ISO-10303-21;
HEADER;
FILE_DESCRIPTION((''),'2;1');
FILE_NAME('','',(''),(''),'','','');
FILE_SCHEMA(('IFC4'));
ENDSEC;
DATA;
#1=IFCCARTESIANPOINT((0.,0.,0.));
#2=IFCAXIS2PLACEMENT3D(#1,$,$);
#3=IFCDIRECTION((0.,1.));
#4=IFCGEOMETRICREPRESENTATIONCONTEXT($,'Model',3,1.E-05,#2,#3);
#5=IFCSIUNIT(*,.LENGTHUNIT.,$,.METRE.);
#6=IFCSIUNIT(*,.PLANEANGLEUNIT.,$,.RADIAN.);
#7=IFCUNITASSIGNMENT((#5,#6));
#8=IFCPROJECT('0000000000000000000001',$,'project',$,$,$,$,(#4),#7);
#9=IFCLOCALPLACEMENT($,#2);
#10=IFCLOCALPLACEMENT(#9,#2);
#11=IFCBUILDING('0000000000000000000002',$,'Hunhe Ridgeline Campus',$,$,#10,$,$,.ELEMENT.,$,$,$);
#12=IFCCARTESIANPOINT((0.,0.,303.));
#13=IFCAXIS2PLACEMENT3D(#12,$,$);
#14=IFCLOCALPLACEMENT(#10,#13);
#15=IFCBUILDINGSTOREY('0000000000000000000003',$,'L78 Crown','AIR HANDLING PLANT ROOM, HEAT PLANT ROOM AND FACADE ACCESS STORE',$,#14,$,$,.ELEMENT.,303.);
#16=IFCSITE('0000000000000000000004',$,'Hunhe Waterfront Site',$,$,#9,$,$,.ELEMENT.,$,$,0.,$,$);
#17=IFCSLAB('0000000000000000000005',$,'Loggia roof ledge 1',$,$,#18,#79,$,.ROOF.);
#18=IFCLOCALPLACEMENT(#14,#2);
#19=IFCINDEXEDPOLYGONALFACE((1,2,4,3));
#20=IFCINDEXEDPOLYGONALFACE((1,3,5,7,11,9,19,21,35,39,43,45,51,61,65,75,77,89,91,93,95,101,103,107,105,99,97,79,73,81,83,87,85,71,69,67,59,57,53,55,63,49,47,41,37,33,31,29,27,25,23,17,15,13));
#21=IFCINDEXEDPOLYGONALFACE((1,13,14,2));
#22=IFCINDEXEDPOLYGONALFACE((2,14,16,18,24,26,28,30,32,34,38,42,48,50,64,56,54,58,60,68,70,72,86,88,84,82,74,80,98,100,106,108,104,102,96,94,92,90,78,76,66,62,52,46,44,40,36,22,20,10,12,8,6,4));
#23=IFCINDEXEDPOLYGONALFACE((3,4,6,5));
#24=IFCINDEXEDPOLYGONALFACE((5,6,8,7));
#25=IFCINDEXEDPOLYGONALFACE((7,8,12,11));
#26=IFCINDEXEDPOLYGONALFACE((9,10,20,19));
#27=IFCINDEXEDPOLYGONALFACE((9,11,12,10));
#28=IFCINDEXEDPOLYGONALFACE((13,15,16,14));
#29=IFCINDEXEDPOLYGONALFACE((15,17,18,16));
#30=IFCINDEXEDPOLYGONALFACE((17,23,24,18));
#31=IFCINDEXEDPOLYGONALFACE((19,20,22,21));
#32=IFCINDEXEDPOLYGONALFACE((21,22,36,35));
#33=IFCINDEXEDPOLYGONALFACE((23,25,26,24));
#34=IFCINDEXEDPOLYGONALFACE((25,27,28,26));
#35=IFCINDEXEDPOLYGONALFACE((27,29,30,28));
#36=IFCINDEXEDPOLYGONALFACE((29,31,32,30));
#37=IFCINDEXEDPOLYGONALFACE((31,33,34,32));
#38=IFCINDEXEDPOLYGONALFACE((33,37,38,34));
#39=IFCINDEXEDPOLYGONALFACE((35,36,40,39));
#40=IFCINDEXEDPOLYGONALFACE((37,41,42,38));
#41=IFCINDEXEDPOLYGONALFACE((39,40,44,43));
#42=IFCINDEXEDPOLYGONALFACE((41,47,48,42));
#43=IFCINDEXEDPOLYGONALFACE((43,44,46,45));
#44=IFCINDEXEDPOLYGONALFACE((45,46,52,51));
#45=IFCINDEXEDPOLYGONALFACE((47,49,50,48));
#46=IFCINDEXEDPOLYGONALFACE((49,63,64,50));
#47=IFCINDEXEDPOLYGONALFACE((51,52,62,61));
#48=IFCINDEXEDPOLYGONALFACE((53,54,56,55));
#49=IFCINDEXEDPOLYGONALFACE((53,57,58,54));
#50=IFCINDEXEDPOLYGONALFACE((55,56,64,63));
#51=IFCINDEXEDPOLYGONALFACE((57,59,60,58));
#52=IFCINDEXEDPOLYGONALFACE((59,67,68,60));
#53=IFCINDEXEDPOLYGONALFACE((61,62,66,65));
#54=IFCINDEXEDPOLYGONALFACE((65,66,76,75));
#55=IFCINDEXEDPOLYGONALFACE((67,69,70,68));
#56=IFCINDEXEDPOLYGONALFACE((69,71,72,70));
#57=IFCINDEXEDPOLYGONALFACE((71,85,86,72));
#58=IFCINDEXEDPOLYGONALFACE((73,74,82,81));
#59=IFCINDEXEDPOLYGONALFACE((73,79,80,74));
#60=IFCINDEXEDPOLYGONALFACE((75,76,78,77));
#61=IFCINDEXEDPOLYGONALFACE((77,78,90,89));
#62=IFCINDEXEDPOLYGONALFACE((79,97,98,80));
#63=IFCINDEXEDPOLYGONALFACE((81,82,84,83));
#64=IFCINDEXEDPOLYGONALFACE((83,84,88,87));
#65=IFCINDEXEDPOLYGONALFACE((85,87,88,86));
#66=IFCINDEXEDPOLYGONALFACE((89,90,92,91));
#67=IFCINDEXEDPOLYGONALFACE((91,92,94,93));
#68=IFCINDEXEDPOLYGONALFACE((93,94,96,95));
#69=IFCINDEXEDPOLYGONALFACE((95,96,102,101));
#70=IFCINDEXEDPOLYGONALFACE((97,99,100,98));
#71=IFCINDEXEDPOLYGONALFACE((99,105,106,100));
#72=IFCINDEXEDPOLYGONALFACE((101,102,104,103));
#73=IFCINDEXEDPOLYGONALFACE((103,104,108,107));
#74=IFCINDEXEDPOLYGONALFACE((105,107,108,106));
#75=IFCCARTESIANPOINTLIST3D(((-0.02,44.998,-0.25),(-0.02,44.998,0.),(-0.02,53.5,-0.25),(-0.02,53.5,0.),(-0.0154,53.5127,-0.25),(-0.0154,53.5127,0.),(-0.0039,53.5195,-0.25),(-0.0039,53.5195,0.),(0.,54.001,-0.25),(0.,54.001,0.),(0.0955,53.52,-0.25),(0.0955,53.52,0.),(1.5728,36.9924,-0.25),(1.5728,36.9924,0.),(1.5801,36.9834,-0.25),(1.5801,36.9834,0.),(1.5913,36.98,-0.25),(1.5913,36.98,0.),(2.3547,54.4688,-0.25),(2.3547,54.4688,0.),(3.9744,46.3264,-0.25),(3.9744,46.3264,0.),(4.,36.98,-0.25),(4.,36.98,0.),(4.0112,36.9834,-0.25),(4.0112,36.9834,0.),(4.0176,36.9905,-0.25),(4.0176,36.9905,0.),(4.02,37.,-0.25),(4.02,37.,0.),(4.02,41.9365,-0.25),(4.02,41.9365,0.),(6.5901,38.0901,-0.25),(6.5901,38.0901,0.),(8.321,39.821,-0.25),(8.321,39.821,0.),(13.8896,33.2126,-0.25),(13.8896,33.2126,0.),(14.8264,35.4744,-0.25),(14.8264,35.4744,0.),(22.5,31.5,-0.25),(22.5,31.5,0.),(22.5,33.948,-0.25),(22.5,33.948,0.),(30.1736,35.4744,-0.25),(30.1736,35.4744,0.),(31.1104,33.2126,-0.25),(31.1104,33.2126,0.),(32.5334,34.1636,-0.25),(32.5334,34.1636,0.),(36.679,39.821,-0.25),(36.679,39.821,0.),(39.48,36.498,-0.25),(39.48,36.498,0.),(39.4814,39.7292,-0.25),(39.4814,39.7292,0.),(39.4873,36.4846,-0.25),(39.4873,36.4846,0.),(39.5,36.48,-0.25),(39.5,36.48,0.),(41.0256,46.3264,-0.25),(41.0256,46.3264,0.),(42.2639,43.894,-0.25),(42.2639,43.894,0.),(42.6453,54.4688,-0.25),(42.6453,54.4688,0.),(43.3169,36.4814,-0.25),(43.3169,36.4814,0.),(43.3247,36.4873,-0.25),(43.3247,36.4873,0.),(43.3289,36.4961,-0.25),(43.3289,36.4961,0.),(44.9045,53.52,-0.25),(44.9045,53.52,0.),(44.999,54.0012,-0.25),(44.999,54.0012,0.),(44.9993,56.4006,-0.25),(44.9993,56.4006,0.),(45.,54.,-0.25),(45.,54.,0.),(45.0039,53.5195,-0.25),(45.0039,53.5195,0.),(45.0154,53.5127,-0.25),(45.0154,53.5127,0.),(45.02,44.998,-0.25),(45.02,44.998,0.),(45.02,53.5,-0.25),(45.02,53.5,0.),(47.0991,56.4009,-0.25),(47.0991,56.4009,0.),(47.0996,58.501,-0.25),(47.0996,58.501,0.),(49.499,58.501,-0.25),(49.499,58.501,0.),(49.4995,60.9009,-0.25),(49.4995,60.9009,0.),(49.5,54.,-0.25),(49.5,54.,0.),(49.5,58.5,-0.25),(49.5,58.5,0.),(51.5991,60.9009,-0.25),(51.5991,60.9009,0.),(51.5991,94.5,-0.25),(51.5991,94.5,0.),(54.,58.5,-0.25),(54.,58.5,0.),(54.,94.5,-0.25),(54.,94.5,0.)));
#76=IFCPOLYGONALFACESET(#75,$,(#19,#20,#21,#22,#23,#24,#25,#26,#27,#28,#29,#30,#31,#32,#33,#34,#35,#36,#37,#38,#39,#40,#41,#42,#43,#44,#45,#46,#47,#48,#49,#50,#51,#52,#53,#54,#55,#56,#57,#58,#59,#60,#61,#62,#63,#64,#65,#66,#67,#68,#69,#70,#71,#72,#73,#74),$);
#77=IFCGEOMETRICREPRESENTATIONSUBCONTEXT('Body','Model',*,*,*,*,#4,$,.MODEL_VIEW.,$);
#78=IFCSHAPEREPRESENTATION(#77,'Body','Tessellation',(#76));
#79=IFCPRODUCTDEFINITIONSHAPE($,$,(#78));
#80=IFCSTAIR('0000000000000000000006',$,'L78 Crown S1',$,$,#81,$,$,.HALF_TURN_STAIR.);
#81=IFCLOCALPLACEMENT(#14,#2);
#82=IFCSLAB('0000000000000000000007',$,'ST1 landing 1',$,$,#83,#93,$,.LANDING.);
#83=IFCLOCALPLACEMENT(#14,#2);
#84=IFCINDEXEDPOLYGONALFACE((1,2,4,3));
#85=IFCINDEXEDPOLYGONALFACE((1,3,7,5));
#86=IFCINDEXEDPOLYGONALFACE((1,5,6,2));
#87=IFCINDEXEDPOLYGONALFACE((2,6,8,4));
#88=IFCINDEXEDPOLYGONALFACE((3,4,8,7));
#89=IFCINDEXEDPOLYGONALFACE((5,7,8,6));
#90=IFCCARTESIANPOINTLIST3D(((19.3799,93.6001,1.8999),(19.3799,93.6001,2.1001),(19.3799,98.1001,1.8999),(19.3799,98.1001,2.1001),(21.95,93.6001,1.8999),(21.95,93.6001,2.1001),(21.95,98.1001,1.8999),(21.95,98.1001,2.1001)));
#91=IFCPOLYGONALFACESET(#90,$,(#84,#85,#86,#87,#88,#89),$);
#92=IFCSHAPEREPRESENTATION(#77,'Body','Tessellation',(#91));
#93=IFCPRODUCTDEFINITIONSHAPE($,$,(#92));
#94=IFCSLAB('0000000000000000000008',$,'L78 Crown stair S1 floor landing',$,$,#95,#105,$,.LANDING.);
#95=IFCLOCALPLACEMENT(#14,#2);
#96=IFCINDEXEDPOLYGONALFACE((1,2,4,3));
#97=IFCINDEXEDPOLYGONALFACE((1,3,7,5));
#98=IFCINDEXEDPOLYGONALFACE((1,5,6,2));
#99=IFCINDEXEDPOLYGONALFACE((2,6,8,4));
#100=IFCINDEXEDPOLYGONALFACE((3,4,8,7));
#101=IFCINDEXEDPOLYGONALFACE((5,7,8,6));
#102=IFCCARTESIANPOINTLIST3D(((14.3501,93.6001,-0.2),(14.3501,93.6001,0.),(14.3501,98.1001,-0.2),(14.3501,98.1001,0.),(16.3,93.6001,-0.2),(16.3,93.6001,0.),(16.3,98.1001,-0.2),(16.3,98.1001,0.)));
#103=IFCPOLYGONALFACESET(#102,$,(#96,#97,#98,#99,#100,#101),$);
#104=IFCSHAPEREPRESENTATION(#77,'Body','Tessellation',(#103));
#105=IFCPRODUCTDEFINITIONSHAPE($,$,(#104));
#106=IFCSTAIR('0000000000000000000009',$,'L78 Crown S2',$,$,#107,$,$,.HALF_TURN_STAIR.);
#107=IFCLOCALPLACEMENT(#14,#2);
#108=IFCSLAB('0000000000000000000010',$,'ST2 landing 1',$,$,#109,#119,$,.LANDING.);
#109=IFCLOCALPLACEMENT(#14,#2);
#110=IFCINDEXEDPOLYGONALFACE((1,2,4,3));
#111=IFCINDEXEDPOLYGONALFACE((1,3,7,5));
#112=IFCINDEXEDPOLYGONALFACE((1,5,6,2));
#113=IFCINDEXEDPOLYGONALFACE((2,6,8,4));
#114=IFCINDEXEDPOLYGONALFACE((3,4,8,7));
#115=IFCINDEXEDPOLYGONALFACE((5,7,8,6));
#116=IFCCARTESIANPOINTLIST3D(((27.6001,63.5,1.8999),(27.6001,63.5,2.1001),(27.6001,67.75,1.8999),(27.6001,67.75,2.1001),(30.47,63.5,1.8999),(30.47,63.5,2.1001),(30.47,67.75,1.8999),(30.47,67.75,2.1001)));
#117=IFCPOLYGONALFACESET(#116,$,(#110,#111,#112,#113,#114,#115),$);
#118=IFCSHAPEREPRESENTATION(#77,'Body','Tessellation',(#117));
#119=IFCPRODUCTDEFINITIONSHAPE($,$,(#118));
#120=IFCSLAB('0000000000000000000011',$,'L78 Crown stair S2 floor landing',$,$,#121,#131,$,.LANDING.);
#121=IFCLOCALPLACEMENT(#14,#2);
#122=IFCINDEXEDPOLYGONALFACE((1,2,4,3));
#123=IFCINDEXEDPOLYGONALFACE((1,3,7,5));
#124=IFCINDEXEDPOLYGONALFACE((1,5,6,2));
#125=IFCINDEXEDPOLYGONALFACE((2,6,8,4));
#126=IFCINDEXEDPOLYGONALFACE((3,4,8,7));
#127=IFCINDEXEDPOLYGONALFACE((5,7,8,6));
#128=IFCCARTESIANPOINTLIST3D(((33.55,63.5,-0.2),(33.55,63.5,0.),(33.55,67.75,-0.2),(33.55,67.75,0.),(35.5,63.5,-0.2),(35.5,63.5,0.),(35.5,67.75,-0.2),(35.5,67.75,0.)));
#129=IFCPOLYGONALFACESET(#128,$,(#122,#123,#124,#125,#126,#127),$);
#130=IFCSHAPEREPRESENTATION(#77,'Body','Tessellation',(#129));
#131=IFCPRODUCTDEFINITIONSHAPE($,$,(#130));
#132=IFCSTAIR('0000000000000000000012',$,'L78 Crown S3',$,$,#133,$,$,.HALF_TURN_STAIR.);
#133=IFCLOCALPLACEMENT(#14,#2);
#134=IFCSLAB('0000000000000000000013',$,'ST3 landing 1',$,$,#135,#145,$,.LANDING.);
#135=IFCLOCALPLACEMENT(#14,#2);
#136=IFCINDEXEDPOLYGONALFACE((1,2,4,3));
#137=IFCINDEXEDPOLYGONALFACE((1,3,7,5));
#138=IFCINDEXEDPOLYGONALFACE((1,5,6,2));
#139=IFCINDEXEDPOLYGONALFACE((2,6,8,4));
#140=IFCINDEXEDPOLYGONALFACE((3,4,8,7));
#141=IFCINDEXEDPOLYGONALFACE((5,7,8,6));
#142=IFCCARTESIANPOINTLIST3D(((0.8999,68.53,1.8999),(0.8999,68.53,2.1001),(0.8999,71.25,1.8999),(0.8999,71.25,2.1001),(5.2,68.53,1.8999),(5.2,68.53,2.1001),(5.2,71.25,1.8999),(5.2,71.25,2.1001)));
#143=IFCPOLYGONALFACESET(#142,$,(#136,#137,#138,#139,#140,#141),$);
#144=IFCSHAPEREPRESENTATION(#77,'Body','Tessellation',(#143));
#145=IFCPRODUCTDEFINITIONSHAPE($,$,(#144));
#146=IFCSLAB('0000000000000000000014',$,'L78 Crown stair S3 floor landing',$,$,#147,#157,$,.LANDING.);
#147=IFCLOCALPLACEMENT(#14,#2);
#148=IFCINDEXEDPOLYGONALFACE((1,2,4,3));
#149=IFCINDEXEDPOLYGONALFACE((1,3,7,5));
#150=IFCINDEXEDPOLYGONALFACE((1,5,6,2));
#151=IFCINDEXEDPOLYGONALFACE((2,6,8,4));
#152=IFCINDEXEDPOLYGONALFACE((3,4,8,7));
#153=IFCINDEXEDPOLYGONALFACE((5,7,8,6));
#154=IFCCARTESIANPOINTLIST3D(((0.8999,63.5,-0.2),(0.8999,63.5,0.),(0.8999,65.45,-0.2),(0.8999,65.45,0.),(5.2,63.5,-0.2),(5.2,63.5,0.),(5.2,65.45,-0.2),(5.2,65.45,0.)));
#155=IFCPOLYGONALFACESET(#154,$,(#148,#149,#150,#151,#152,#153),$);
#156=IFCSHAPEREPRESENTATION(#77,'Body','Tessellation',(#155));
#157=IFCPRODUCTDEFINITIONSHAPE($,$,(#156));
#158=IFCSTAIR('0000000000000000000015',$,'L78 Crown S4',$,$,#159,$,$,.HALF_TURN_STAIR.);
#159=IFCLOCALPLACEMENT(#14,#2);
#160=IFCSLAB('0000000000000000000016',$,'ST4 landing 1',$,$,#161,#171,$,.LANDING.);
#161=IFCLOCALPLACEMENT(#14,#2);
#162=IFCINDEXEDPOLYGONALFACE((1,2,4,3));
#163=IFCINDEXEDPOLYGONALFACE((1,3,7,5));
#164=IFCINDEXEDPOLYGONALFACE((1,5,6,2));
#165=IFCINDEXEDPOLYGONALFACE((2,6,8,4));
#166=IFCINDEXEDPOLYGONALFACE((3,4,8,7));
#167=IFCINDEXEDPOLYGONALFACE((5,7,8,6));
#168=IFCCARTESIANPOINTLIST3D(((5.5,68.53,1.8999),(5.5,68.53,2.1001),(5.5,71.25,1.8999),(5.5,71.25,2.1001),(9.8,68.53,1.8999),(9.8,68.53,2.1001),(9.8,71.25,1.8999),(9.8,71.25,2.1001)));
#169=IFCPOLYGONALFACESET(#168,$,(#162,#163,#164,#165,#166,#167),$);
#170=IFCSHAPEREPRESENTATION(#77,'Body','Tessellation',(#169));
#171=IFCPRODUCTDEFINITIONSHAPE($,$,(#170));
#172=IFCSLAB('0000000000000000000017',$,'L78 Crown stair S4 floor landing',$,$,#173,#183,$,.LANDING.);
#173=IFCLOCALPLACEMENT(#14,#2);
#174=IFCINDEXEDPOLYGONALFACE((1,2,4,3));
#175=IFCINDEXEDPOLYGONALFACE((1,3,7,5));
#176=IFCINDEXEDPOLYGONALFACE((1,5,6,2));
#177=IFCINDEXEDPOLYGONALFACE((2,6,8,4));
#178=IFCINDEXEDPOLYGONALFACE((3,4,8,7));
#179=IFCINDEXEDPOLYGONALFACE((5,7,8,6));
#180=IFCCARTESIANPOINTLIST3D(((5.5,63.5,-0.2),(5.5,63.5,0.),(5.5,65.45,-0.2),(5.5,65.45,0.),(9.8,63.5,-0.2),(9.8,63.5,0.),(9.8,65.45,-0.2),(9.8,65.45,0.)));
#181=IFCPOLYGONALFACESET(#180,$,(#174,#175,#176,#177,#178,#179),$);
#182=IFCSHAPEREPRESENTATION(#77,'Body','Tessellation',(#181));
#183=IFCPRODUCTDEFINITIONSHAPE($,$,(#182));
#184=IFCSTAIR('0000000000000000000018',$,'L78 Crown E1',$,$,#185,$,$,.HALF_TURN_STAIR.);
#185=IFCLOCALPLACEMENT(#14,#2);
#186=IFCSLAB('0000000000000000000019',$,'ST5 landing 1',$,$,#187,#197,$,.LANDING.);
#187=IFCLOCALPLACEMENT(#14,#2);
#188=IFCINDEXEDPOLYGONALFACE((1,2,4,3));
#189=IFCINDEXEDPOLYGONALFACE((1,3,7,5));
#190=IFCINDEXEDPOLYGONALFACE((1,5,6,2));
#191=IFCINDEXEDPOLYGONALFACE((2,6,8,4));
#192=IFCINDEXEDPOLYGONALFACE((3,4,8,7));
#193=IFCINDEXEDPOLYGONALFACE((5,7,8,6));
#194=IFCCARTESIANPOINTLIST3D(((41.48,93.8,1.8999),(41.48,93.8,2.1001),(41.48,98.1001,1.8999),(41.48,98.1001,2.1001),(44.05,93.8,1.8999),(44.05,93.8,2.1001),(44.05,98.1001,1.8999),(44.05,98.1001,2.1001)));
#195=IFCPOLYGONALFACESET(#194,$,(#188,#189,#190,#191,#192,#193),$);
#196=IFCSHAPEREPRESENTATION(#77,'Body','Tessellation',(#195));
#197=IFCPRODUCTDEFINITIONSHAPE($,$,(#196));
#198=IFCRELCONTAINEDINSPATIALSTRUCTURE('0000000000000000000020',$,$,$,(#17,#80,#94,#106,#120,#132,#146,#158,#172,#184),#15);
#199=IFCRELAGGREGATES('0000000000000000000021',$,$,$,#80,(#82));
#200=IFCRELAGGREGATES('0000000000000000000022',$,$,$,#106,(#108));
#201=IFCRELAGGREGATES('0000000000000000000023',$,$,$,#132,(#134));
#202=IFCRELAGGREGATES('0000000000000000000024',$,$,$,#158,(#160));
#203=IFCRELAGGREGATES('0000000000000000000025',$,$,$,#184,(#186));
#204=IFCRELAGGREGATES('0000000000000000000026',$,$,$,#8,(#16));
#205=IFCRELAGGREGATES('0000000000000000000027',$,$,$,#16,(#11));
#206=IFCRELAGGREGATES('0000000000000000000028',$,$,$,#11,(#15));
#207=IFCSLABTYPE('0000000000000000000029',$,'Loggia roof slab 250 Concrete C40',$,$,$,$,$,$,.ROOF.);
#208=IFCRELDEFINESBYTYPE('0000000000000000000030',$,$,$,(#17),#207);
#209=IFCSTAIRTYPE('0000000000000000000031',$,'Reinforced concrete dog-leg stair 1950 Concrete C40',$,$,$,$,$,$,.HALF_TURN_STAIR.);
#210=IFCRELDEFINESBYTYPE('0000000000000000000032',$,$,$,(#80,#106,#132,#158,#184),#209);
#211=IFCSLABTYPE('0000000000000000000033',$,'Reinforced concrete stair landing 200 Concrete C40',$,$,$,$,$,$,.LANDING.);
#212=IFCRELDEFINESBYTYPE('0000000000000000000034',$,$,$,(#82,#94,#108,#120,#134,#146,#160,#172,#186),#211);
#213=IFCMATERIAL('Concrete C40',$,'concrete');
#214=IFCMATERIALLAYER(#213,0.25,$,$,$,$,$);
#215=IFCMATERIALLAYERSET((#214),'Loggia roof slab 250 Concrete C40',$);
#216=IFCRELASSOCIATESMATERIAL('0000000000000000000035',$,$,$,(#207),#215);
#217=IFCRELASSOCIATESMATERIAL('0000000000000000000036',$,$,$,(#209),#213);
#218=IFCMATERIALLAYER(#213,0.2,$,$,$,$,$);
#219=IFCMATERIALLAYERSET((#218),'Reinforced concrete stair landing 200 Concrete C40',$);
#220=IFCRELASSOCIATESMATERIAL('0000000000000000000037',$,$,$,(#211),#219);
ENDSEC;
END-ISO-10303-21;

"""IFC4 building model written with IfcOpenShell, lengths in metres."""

from ifc_helpers import new_model, si_unit, direction, frame, origin, place, context, subcontext, project, spatial, polyline, outline, extrude, material, layer, layer_set, type_object, element, aggregate, save


model = new_model("IFC4")

# Units and contexts
model_context = context("Model", 3, precision=1e-05, world=origin(), true_north=direction((0.0, 1.0)))
body_context = subcontext(model_context, "Body", "Model", "MODEL_VIEW")
ifc_project = project(units=[si_unit("LENGTHUNIT", "METRE"), si_unit("PLANEANGLEUNIT", "RADIAN")], contexts=[model_context])

# Site, building, storey
site_placement = place(None, origin())
site = spatial("IfcSite", under=ifc_project, at=site_placement, Name="Hunhe Waterfront Site", CompositionType="ELEMENT", RefElevation=0.0)
building_placement = place(site_placement, origin())
building = spatial("IfcBuilding", under=site, at=building_placement, Name="Hunhe Ridgeline Campus", CompositionType="ELEMENT")
storey_placement = place(building_placement, frame((0.0, 0.0, 303.0)))
storey = spatial("IfcBuildingStorey", under=building, at=storey_placement, Name="L78 Crown", Description="AIR HANDLING PLANT ROOM, HEAT PLANT ROOM AND FACADE ACCESS STORE", CompositionType="ELEMENT", Elevation=303.0)

# Slab
ifc_material_1 = material(Name="Concrete C40", Category="concrete")
ifc_layer_1 = layer(ifc_material_1, 0.25)
ifc_layer_set_1 = layer_set([ifc_layer_1], Name="Loggia roof slab 250 Concrete C40")
slab_type_1 = type_object("IfcSlabType", Name="Loggia roof slab 250 Concrete C40", PredefinedType="ROOF", material=ifc_layer_set_1)
slab_1_placement = place(storey_placement, frame((0.0, 0.0, -0.25)))
element("IfcSlab", 1, at=slab_1_placement, inside=storey, type_object=slab_type_1, Name="Loggia roof ledge 1", PredefinedType="ROOF", context=body_context, shape_type="SweptSolid", body=[
    extrude(outline(polyline([(44.9045, 53.52), (45.0, 54.0), (49.5, 54.0), (49.5, 58.5), (54.0, 58.5), (54.0, 94.5), (51.5991, 94.5), (51.5991, 60.9009), (49.4995, 60.9009), (49.499, 58.501), (47.0996, 58.501), (47.0991, 56.4009), (44.9993, 56.4006), (44.999, 54.0012), (42.6453, 54.4688), (41.0256, 46.3264), (36.679, 39.821), (30.1736, 35.4744), (22.5, 33.948), (14.8264, 35.4744), (8.321, 39.821), (3.9744, 46.3264), (2.3547, 54.4688), (0.0, 54.001), (0.0955, 53.52), (-0.0039, 53.5195), (-0.0154, 53.5127), (-0.02, 53.5), (-0.02, 44.998), (1.5728, 36.9924), (1.5801, 36.9834), (1.5913, 36.98), (4.0, 36.98), (4.0112, 36.9834), (4.0176, 36.9905), (4.02, 37.0), (4.02, 41.9365), (6.5901, 38.0901), (13.8896, 33.2126), (22.5, 31.5), (31.1104, 33.2126), (32.5334, 34.1636), (42.2639, 43.894), (39.4814, 39.7292), (39.48, 36.498), (39.4873, 36.4846), (39.5, 36.48), (43.3169, 36.4814), (43.3247, 36.4873), (43.3289, 36.4961), (45.02, 44.998), (45.02, 53.5), (45.0154, 53.5127), (45.0039, 53.5195), (44.9045, 53.52)])), origin(), (0.0, 0.0, 1.0), 0.25),
])

# Stair, slab
stair_type = type_object("IfcStairType", Name="Reinforced concrete dog-leg stair 1950 Concrete C40", PredefinedType="HALF_TURN_STAIR", material=ifc_material_1)
stair_1_placement = place(storey_placement, origin())
stair_1 = element("IfcStair", 2, at=stair_1_placement, inside=storey, type_object=stair_type, Name="L78 Crown S1", PredefinedType="HALF_TURN_STAIR")
ifc_layer_2 = layer(ifc_material_1, 0.2)
ifc_layer_set_2 = layer_set([ifc_layer_2], Name="Reinforced concrete stair landing 200 Concrete C40")
slab_type_2 = type_object("IfcSlabType", Name="Reinforced concrete stair landing 200 Concrete C40", PredefinedType="LANDING", material=ifc_layer_set_2)
slab_2_placement = place(storey_placement, frame((0.0, 0.0, 1.8999)))
slab_2 = element("IfcSlab", 3, at=slab_2_placement, type_object=slab_type_2, Name="ST1 landing 1", PredefinedType="LANDING", context=body_context, shape_type="SweptSolid", body=[
    extrude(outline(polyline([(19.3799, 93.6001), (21.95, 93.6001), (21.95, 98.1001), (19.3799, 98.1001), (19.3799, 93.6001)])), origin(), (0.0, 0.0, 1.0), 0.2002),
])
aggregate(stair_1, [slab_2])

# Slab
slab_3_placement = place(storey_placement, frame((0.0, 0.0, -0.2)))
element("IfcSlab", 4, at=slab_3_placement, inside=storey, type_object=slab_type_2, Name="L78 Crown stair S1 floor landing", PredefinedType="LANDING", context=body_context, shape_type="SweptSolid", body=[
    extrude(outline(polyline([(14.3501, 93.6001), (16.3, 93.6001), (16.3, 98.1001), (14.3501, 98.1001), (14.3501, 93.6001)])), origin(), (0.0, 0.0, 1.0), 0.2),
])

# Stair, slab
stair_2_placement = place(storey_placement, origin())
stair_2 = element("IfcStair", 5, at=stair_2_placement, inside=storey, type_object=stair_type, Name="L78 Crown S2", PredefinedType="HALF_TURN_STAIR")
slab_4_placement = place(storey_placement, frame((0.0, 0.0, 1.8999)))
slab_4 = element("IfcSlab", 6, at=slab_4_placement, type_object=slab_type_2, Name="ST2 landing 1", PredefinedType="LANDING", context=body_context, shape_type="SweptSolid", body=[
    extrude(outline(polyline([(30.47, 67.75), (27.6001, 67.75), (27.6001, 63.5), (30.47, 63.5), (30.47, 67.75)])), origin(), (0.0, 0.0, 1.0), 0.2002),
])
aggregate(stair_2, [slab_4])

# Slab
slab_5_placement = place(storey_placement, frame((0.0, 0.0, -0.2)))
element("IfcSlab", 7, at=slab_5_placement, inside=storey, type_object=slab_type_2, Name="L78 Crown stair S2 floor landing", PredefinedType="LANDING", context=body_context, shape_type="SweptSolid", body=[
    extrude(outline(polyline([(35.5, 67.75), (33.55, 67.75), (33.55, 63.5), (35.5, 63.5), (35.5, 67.75)])), origin(), (0.0, 0.0, 1.0), 0.2),
])

# Stair, slab
stair_3_placement = place(storey_placement, origin())
stair_3 = element("IfcStair", 8, at=stair_3_placement, inside=storey, type_object=stair_type, Name="L78 Crown S3", PredefinedType="HALF_TURN_STAIR")
slab_6_placement = place(storey_placement, frame((0.0, 0.0, 1.8999)))
slab_6 = element("IfcSlab", 9, at=slab_6_placement, type_object=slab_type_2, Name="ST3 landing 1", PredefinedType="LANDING", context=body_context, shape_type="SweptSolid", body=[
    extrude(outline(polyline([(5.2, 68.53), (5.2, 71.25), (0.8999, 71.25), (0.8999, 68.53), (5.2, 68.53)])), origin(), (0.0, 0.0, 1.0), 0.2002),
])
aggregate(stair_3, [slab_6])

# Slab
slab_7_placement = place(storey_placement, frame((0.0, 0.0, -0.2)))
element("IfcSlab", 10, at=slab_7_placement, inside=storey, type_object=slab_type_2, Name="L78 Crown stair S3 floor landing", PredefinedType="LANDING", context=body_context, shape_type="SweptSolid", body=[
    extrude(outline(polyline([(5.2, 63.5), (5.2, 65.45), (0.8999, 65.45), (0.8999, 63.5), (5.2, 63.5)])), origin(), (0.0, 0.0, 1.0), 0.2),
])

# Stair, slab
stair_4_placement = place(storey_placement, origin())
stair_4 = element("IfcStair", 11, at=stair_4_placement, inside=storey, type_object=stair_type, Name="L78 Crown S4", PredefinedType="HALF_TURN_STAIR")
slab_8_placement = place(storey_placement, frame((0.0, 0.0, 1.8999)))
slab_8 = element("IfcSlab", 12, at=slab_8_placement, type_object=slab_type_2, Name="ST4 landing 1", PredefinedType="LANDING", context=body_context, shape_type="SweptSolid", body=[
    extrude(outline(polyline([(9.8, 68.53), (9.8, 71.25), (5.5, 71.25), (5.5, 68.53), (9.8, 68.53)])), origin(), (0.0, 0.0, 1.0), 0.2002),
])
aggregate(stair_4, [slab_8])

# Slab
slab_9_placement = place(storey_placement, frame((0.0, 0.0, -0.2)))
element("IfcSlab", 13, at=slab_9_placement, inside=storey, type_object=slab_type_2, Name="L78 Crown stair S4 floor landing", PredefinedType="LANDING", context=body_context, shape_type="SweptSolid", body=[
    extrude(outline(polyline([(9.8, 63.5), (9.8, 65.45), (5.5, 65.45), (5.5, 63.5), (9.8, 63.5)])), origin(), (0.0, 0.0, 1.0), 0.2),
])

# Stair, slab
stair_5_placement = place(storey_placement, origin())
stair_5 = element("IfcStair", 14, at=stair_5_placement, inside=storey, type_object=stair_type, Name="L78 Crown E1", PredefinedType="HALF_TURN_STAIR")
slab_10_placement = place(storey_placement, frame((0.0, 0.0, 1.8999)))
slab_10 = element("IfcSlab", 15, at=slab_10_placement, type_object=slab_type_2, Name="ST5 landing 1", PredefinedType="LANDING", context=body_context, shape_type="SweptSolid", body=[
    extrude(outline(polyline([(41.48, 93.8), (44.05, 93.8), (44.05, 98.1001), (41.48, 98.1001), (41.48, 93.8)])), origin(), (0.0, 0.0, 1.0), 0.2002),
])
aggregate(stair_5, [slab_10])

save(model, "model.ifc")
